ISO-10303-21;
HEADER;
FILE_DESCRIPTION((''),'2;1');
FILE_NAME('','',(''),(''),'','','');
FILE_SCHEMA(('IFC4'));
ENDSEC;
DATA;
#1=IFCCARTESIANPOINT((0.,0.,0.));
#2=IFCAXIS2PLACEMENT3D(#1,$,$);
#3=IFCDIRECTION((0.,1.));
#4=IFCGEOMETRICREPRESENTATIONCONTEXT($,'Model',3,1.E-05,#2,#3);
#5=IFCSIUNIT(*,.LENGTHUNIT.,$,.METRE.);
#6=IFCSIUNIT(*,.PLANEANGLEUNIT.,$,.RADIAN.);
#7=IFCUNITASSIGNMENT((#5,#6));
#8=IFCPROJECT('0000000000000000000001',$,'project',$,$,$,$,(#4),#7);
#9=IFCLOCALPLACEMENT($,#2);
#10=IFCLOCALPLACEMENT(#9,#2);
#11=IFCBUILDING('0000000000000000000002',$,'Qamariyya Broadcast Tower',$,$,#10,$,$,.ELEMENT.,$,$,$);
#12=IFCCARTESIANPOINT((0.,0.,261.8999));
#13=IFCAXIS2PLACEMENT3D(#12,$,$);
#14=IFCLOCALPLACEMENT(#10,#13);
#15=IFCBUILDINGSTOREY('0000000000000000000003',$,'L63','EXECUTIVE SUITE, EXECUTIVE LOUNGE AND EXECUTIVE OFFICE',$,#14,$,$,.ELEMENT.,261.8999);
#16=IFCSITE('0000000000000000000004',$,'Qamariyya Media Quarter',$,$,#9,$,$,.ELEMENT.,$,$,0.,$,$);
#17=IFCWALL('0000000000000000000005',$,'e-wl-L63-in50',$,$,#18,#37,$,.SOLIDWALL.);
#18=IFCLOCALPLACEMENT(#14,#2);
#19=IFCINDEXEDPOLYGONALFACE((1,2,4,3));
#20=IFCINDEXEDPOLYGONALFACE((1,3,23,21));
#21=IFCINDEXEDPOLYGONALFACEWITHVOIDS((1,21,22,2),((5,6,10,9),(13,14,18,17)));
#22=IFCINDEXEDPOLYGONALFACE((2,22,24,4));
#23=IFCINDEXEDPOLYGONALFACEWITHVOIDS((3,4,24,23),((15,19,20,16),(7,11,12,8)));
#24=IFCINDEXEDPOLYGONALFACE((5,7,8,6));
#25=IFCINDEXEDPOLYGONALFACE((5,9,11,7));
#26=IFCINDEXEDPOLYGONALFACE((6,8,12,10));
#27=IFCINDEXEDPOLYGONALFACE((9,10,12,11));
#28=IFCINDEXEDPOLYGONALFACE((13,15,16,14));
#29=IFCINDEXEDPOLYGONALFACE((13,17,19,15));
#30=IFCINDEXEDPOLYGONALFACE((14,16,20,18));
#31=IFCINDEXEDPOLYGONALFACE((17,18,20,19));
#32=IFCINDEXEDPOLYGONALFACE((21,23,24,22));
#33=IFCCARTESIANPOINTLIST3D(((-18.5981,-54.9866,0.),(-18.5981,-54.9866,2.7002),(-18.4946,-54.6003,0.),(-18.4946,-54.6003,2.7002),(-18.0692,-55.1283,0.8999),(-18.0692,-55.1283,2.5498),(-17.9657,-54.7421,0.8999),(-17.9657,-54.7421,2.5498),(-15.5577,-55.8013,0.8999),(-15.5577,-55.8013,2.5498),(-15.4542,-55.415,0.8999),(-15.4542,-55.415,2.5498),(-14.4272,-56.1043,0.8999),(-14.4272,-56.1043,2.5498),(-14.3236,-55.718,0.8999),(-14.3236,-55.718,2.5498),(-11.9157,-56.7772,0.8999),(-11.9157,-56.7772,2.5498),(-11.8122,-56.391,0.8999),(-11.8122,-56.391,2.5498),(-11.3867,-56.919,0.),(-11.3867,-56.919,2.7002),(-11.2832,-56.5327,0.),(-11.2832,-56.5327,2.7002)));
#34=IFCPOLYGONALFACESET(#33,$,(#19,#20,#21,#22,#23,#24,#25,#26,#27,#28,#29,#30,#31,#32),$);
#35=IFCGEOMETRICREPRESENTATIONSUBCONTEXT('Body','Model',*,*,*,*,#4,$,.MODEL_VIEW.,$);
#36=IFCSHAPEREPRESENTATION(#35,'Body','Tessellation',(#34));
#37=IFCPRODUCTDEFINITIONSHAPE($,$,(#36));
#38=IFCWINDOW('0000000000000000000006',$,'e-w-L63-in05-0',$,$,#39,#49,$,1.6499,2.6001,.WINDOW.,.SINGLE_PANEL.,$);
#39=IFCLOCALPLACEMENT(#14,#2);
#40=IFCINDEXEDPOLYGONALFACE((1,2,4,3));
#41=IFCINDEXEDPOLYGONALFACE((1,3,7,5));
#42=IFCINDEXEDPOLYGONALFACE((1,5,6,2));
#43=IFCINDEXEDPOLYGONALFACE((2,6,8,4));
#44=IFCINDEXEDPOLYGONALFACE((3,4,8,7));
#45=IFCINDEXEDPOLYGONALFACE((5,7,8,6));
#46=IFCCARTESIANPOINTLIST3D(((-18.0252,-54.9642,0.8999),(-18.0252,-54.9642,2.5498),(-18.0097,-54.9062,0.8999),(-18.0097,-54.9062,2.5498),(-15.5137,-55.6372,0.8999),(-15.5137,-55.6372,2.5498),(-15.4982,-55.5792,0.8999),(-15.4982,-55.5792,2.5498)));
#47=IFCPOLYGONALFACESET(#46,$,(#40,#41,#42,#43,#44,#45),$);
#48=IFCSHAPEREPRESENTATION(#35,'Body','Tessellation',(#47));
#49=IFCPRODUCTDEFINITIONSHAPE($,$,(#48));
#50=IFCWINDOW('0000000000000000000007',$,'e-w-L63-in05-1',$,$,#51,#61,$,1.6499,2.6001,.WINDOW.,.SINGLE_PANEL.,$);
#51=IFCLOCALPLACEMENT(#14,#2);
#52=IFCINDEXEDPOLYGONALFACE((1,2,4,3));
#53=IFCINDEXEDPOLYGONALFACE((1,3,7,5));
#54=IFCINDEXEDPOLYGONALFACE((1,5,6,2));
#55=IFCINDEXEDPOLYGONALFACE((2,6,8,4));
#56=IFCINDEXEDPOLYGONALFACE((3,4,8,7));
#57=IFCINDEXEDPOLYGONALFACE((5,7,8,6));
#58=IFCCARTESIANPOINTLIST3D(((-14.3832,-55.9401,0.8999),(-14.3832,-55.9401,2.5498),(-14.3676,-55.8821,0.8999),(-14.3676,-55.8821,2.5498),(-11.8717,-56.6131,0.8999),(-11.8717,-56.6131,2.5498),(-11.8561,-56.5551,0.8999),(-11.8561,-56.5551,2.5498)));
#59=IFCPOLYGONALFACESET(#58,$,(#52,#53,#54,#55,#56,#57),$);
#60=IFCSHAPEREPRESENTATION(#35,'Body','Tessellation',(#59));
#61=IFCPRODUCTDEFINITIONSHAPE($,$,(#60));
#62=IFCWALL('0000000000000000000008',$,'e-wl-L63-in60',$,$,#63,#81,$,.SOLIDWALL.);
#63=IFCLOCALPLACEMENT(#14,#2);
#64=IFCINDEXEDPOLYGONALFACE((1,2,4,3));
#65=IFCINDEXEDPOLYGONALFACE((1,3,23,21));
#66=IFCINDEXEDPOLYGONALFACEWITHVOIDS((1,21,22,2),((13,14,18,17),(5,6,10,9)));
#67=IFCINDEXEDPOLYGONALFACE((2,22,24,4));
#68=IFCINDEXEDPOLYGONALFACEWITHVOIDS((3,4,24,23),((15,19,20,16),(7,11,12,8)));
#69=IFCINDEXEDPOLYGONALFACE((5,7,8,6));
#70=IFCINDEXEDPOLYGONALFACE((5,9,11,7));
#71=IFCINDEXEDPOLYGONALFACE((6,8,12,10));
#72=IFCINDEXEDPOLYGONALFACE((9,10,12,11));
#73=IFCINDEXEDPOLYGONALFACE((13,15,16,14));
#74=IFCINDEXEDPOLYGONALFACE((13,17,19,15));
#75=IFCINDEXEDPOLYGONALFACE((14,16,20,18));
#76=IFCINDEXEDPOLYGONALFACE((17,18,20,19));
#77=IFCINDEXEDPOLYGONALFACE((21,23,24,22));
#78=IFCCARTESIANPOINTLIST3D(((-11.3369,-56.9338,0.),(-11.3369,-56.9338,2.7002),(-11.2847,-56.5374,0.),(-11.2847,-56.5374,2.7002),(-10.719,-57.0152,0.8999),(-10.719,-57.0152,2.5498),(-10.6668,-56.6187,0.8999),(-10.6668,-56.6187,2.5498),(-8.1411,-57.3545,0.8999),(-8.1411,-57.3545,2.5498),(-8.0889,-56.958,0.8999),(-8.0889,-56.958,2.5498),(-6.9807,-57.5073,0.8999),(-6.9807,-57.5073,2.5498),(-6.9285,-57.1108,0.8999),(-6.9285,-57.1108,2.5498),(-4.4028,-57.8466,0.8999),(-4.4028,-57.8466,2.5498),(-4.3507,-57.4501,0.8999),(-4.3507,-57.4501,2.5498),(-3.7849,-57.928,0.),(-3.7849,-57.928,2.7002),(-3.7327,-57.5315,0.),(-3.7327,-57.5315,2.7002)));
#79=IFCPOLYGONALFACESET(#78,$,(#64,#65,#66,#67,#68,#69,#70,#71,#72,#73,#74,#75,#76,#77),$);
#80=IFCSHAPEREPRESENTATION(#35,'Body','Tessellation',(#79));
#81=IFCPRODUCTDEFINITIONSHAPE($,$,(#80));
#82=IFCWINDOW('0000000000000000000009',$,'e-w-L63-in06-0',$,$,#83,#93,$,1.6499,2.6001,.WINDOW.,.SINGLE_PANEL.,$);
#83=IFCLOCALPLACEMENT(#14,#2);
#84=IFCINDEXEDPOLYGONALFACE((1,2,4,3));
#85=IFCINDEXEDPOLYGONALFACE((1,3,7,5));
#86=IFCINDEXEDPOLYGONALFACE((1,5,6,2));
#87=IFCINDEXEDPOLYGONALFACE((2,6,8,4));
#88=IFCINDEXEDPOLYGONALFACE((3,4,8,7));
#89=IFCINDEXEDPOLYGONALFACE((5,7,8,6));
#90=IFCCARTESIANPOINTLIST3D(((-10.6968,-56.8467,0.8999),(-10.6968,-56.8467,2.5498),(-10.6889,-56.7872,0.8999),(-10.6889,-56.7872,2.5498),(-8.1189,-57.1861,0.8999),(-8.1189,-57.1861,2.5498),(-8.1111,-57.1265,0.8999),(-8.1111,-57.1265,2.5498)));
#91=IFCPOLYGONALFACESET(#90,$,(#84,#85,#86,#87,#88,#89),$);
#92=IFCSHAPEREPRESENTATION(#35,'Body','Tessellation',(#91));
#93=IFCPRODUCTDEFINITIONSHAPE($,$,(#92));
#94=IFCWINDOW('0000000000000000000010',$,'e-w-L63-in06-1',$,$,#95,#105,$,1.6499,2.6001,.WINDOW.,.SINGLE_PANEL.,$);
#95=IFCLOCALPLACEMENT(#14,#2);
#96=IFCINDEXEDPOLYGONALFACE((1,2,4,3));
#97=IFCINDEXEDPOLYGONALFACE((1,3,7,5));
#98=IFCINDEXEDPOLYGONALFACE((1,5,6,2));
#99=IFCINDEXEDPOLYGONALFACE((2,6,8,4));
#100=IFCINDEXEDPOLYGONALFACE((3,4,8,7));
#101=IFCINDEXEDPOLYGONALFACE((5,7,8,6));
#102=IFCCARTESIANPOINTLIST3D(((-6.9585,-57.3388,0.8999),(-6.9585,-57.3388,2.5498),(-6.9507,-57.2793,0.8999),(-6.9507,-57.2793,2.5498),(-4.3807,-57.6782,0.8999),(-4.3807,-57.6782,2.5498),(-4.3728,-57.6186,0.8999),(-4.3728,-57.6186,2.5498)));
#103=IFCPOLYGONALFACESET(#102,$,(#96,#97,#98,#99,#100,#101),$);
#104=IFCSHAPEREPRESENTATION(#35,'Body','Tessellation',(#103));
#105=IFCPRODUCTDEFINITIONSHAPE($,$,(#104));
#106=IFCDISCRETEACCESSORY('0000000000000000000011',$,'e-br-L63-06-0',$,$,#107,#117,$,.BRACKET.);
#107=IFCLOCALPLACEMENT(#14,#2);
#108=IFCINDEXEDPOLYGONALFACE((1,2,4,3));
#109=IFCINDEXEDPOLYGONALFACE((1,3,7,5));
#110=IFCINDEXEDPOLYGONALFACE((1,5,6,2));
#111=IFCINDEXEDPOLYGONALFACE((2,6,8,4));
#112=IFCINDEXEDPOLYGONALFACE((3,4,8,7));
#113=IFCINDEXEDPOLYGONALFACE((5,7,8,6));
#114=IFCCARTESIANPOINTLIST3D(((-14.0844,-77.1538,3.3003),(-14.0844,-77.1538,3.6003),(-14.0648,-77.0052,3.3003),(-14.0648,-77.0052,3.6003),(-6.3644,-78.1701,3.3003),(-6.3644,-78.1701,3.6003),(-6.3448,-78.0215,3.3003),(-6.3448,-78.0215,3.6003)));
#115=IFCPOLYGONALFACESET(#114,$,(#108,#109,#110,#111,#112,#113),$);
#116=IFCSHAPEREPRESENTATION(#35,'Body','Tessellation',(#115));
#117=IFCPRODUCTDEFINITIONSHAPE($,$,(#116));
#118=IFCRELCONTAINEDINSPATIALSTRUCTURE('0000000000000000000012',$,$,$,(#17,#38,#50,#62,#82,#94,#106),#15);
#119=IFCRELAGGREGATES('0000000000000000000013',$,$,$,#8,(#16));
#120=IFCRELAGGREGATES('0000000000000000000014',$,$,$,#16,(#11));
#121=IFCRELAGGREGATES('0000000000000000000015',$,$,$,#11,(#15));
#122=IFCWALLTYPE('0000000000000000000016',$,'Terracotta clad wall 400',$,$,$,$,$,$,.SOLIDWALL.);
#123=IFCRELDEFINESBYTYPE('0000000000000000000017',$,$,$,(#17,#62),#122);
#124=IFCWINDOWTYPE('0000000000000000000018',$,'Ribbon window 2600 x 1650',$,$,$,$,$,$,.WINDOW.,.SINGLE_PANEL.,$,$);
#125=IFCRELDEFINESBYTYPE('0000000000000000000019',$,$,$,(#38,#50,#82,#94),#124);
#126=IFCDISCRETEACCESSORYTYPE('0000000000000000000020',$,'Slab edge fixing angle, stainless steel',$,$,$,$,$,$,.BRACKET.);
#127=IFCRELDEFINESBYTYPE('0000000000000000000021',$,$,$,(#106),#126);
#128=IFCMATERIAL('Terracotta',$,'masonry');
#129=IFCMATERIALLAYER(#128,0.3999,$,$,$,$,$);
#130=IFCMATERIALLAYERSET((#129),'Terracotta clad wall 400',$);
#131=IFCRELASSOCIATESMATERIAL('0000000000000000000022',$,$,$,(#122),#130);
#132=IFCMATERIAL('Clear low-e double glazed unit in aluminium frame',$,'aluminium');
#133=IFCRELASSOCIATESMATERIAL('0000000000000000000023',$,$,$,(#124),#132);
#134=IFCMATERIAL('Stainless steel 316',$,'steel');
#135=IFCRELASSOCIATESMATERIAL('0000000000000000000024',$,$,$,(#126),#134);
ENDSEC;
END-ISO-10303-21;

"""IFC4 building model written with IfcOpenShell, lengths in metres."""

from ifc_helpers import new_model, si_unit, direction, frame, frame_2d, origin, origin_2d, place, context, subcontext, project, spatial, rectangle, extrude, material, layer, layer_set, type_object, element, fill, save


model = new_model("IFC4")

# Units and contexts
model_context = context("Model", 3, precision=1e-05, world=origin(), true_north=direction((0.0, 1.0)))
body_context = subcontext(model_context, "Body", "Model", "MODEL_VIEW")
ifc_project = project(units=[si_unit("LENGTHUNIT", "METRE"), si_unit("PLANEANGLEUNIT", "RADIAN")], contexts=[model_context])

# Site, building, storey
site_placement = place(None, origin())
site = spatial("IfcSite", under=ifc_project, at=site_placement, Name="Qamariyya Media Quarter", CompositionType="ELEMENT", RefElevation=0.0)
building_placement = place(site_placement, origin())
building = spatial("IfcBuilding", under=site, at=building_placement, Name="Qamariyya Broadcast Tower", CompositionType="ELEMENT")
storey_placement = place(building_placement, frame((0.0, 0.0, 261.8999)))
storey = spatial("IfcBuildingStorey", under=building, at=storey_placement, Name="L63", Description="EXECUTIVE SUITE, EXECUTIVE LOUNGE AND EXECUTIVE OFFICE", CompositionType="ELEMENT", Elevation=261.8999)

# Walls, openings, windows
ifc_material_1 = material(Name="Terracotta", Category="masonry")
ifc_layer_1 = layer(ifc_material_1, 0.3999)
ifc_layer_set_1 = layer_set([ifc_layer_1], Name="Terracotta clad wall 400")
wall_type_1 = type_object("IfcWallType", Name="Terracotta clad wall 400", PredefinedType="SOLIDWALL", material=ifc_layer_set_1)
wall_1_placement = place(storey_placement, frame((-11.335, -56.7258, 0.0), z_axis=(0.0, 0.0, 1.0), x_axis=(-0.965923, 0.258829, 0.0)))
wall_1 = element("IfcWall", 1, at=wall_1_placement, inside=storey, type_object=wall_type_1, Name="e-wl-L63-in50", PredefinedType="SOLIDWALL", context=body_context, shape_type="SweptSolid", body=[
    extrude(rectangle(XDim=7.4658, YDim=0.3999, at=frame_2d((3.7329, 0.0))), origin(), (0.0, 0.0, 1.0), 2.7002),
])
opening_1_placement = place(wall_1_placement, frame((4.3181, 0.0, 0.8999)))
opening_1 = element("IfcOpeningElement", 2, at=opening_1_placement, cuts=wall_1, PredefinedType="OPENING", context=body_context, shape_type="SweptSolid", body=[
    extrude(rectangle(XDim=2.6001, YDim=1.6499, at=frame_2d((1.3, 0.825))), frame((0.0, 0.21, 0.0), z_axis=(0.0, -1.0, 0.0), x_axis=(1.0, 0.0, 0.0)), (0.0, 0.0, 1.0), 0.4199),
])
opening_2_placement = place(wall_1_placement, frame((0.5476, 0.0, 0.8999)))
opening_2 = element("IfcOpeningElement", 3, at=opening_2_placement, cuts=wall_1, PredefinedType="OPENING", context=body_context, shape_type="SweptSolid", body=[
    extrude(rectangle(XDim=2.6001, YDim=1.6499, at=frame_2d((1.3, 0.825))), frame((0.0, 0.21, 0.0), z_axis=(0.0, -1.0, 0.0), x_axis=(1.0, 0.0, 0.0)), (0.0, 0.0, 1.0), 0.4199),
])
ifc_material_2 = material(Name="Clear low-e double glazed unit in aluminium frame", Category="aluminium")
window_type = type_object("IfcWindowType", Name="Ribbon window 2600 x 1650", PartitioningType="SINGLE_PANEL", PredefinedType="WINDOW", material=ifc_material_2)
window_1_placement = place(opening_1_placement, origin())
window_1 = element("IfcWindow", 4, at=window_1_placement, inside=storey, type_object=window_type, Name="e-w-L63-in05-0", OverallHeight=1.6499, OverallWidth=2.6001, PartitioningType="SINGLE_PANEL", PredefinedType="WINDOW", context=body_context, shape_type="SweptSolid", body=[
    extrude(rectangle(XDim=2.6001, YDim=1.6499, at=frame_2d((1.3, 0.825))), frame((0.0, 0.03, 0.0), z_axis=(0.0, -1.0, 0.0), x_axis=(1.0, 0.0, 0.0)), (0.0, 0.0, 1.0), 0.0601),
])
fill(opening_1, window_1)
window_2_placement = place(opening_2_placement, origin())
window_2 = element("IfcWindow", 5, at=window_2_placement, inside=storey, type_object=window_type, Name="e-w-L63-in05-1", OverallHeight=1.6499, OverallWidth=2.6001, PartitioningType="SINGLE_PANEL", PredefinedType="WINDOW", context=body_context, shape_type="SweptSolid", body=[
    extrude(rectangle(XDim=2.6001, YDim=1.6499, at=frame_2d((1.3, 0.825))), frame((0.0, 0.03, 0.0), z_axis=(0.0, -1.0, 0.0), x_axis=(1.0, 0.0, 0.0)), (0.0, 0.0, 1.0), 0.0601),
])
fill(opening_2, window_2)
wall_2_placement = place(storey_placement, frame((-3.7588, -57.7297, 0.0), z_axis=(0.0, 0.0, 1.0), x_axis=(-0.991447, 0.130513, 0.0)))
wall_2 = element("IfcWall", 6, at=wall_2_placement, inside=storey, type_object=wall_type_1, Name="e-wl-L63-in60", PredefinedType="SOLIDWALL", context=body_context, shape_type="SweptSolid", body=[
    extrude(rectangle(XDim=7.6172, YDim=0.3999, at=frame_2d((3.8086, 0.0))), origin(), (0.0, 0.0, 1.0), 2.7002),
])
opening_3_placement = place(wall_2_placement, frame((4.3938, 0.0, 0.8999)))
opening_3 = element("IfcOpeningElement", 7, at=opening_3_placement, cuts=wall_2, PredefinedType="OPENING", context=body_context, shape_type="SweptSolid", body=[
    extrude(rectangle(XDim=2.6001, YDim=1.6499, at=frame_2d((1.3, 0.825))), frame((0.0, 0.21, 0.0), z_axis=(0.0, -1.0, 0.0), x_axis=(1.0, 0.0, 0.0)), (0.0, 0.0, 1.0), 0.4199),
])
opening_4_placement = place(wall_2_placement, frame((0.6233, 0.0, 0.8999)))
opening_4 = element("IfcOpeningElement", 8, at=opening_4_placement, cuts=wall_2, PredefinedType="OPENING", context=body_context, shape_type="SweptSolid", body=[
    extrude(rectangle(XDim=2.6001, YDim=1.6499, at=frame_2d((1.3, 0.825))), frame((0.0, 0.21, 0.0), z_axis=(0.0, -1.0, 0.0), x_axis=(1.0, 0.0, 0.0)), (0.0, 0.0, 1.0), 0.4199),
])
window_3_placement = place(opening_3_placement, origin())
window_3 = element("IfcWindow", 9, at=window_3_placement, inside=storey, type_object=window_type, Name="e-w-L63-in06-0", OverallHeight=1.6499, OverallWidth=2.6001, PartitioningType="SINGLE_PANEL", PredefinedType="WINDOW", context=body_context, shape_type="SweptSolid", body=[
    extrude(rectangle(XDim=2.6001, YDim=1.6499, at=frame_2d((1.3, 0.825))), frame((0.0, 0.03, 0.0), z_axis=(0.0, -1.0, 0.0), x_axis=(1.0, 0.0, 0.0)), (0.0, 0.0, 1.0), 0.0601),
])
fill(opening_3, window_3)
window_4_placement = place(opening_4_placement, origin())
window_4 = element("IfcWindow", 10, at=window_4_placement, inside=storey, type_object=window_type, Name="e-w-L63-in06-1", OverallHeight=1.6499, OverallWidth=2.6001, PartitioningType="SINGLE_PANEL", PredefinedType="WINDOW", context=body_context, shape_type="SweptSolid", body=[
    extrude(rectangle(XDim=2.6001, YDim=1.6499, at=frame_2d((1.3, 0.825))), frame((0.0, 0.03, 0.0), z_axis=(0.0, -1.0, 0.0), x_axis=(1.0, 0.0, 0.0)), (0.0, 0.0, 1.0), 0.0601),
])
fill(opening_4, window_4)

# Discrete accessory
ifc_material_3 = material(Name="Stainless steel 316", Category="steel")
discrete_accessory_type = type_object("IfcDiscreteAccessoryType", Name="Slab edge fixing angle, stainless steel", PredefinedType="BRACKET", material=ifc_material_3)
discrete_accessory_placement = place(storey_placement, frame((-10.2146, -77.5876, 3.3003), z_axis=(0.0, 0.0, 1.0), x_axis=(0.991445, -0.130526, 0.0)))
element("IfcDiscreteAccessory", 11, at=discrete_accessory_placement, inside=storey, type_object=discrete_accessory_type, Name="e-br-L63-06-0", PredefinedType="BRACKET", context=body_context, shape_type="SweptSolid", body=[
    extrude(rectangle(XDim=7.7866, YDim=0.1499, at=origin_2d()), origin(), (0.0, 0.0, 1.0), 0.3),
])

save(model, "model.ifc")
